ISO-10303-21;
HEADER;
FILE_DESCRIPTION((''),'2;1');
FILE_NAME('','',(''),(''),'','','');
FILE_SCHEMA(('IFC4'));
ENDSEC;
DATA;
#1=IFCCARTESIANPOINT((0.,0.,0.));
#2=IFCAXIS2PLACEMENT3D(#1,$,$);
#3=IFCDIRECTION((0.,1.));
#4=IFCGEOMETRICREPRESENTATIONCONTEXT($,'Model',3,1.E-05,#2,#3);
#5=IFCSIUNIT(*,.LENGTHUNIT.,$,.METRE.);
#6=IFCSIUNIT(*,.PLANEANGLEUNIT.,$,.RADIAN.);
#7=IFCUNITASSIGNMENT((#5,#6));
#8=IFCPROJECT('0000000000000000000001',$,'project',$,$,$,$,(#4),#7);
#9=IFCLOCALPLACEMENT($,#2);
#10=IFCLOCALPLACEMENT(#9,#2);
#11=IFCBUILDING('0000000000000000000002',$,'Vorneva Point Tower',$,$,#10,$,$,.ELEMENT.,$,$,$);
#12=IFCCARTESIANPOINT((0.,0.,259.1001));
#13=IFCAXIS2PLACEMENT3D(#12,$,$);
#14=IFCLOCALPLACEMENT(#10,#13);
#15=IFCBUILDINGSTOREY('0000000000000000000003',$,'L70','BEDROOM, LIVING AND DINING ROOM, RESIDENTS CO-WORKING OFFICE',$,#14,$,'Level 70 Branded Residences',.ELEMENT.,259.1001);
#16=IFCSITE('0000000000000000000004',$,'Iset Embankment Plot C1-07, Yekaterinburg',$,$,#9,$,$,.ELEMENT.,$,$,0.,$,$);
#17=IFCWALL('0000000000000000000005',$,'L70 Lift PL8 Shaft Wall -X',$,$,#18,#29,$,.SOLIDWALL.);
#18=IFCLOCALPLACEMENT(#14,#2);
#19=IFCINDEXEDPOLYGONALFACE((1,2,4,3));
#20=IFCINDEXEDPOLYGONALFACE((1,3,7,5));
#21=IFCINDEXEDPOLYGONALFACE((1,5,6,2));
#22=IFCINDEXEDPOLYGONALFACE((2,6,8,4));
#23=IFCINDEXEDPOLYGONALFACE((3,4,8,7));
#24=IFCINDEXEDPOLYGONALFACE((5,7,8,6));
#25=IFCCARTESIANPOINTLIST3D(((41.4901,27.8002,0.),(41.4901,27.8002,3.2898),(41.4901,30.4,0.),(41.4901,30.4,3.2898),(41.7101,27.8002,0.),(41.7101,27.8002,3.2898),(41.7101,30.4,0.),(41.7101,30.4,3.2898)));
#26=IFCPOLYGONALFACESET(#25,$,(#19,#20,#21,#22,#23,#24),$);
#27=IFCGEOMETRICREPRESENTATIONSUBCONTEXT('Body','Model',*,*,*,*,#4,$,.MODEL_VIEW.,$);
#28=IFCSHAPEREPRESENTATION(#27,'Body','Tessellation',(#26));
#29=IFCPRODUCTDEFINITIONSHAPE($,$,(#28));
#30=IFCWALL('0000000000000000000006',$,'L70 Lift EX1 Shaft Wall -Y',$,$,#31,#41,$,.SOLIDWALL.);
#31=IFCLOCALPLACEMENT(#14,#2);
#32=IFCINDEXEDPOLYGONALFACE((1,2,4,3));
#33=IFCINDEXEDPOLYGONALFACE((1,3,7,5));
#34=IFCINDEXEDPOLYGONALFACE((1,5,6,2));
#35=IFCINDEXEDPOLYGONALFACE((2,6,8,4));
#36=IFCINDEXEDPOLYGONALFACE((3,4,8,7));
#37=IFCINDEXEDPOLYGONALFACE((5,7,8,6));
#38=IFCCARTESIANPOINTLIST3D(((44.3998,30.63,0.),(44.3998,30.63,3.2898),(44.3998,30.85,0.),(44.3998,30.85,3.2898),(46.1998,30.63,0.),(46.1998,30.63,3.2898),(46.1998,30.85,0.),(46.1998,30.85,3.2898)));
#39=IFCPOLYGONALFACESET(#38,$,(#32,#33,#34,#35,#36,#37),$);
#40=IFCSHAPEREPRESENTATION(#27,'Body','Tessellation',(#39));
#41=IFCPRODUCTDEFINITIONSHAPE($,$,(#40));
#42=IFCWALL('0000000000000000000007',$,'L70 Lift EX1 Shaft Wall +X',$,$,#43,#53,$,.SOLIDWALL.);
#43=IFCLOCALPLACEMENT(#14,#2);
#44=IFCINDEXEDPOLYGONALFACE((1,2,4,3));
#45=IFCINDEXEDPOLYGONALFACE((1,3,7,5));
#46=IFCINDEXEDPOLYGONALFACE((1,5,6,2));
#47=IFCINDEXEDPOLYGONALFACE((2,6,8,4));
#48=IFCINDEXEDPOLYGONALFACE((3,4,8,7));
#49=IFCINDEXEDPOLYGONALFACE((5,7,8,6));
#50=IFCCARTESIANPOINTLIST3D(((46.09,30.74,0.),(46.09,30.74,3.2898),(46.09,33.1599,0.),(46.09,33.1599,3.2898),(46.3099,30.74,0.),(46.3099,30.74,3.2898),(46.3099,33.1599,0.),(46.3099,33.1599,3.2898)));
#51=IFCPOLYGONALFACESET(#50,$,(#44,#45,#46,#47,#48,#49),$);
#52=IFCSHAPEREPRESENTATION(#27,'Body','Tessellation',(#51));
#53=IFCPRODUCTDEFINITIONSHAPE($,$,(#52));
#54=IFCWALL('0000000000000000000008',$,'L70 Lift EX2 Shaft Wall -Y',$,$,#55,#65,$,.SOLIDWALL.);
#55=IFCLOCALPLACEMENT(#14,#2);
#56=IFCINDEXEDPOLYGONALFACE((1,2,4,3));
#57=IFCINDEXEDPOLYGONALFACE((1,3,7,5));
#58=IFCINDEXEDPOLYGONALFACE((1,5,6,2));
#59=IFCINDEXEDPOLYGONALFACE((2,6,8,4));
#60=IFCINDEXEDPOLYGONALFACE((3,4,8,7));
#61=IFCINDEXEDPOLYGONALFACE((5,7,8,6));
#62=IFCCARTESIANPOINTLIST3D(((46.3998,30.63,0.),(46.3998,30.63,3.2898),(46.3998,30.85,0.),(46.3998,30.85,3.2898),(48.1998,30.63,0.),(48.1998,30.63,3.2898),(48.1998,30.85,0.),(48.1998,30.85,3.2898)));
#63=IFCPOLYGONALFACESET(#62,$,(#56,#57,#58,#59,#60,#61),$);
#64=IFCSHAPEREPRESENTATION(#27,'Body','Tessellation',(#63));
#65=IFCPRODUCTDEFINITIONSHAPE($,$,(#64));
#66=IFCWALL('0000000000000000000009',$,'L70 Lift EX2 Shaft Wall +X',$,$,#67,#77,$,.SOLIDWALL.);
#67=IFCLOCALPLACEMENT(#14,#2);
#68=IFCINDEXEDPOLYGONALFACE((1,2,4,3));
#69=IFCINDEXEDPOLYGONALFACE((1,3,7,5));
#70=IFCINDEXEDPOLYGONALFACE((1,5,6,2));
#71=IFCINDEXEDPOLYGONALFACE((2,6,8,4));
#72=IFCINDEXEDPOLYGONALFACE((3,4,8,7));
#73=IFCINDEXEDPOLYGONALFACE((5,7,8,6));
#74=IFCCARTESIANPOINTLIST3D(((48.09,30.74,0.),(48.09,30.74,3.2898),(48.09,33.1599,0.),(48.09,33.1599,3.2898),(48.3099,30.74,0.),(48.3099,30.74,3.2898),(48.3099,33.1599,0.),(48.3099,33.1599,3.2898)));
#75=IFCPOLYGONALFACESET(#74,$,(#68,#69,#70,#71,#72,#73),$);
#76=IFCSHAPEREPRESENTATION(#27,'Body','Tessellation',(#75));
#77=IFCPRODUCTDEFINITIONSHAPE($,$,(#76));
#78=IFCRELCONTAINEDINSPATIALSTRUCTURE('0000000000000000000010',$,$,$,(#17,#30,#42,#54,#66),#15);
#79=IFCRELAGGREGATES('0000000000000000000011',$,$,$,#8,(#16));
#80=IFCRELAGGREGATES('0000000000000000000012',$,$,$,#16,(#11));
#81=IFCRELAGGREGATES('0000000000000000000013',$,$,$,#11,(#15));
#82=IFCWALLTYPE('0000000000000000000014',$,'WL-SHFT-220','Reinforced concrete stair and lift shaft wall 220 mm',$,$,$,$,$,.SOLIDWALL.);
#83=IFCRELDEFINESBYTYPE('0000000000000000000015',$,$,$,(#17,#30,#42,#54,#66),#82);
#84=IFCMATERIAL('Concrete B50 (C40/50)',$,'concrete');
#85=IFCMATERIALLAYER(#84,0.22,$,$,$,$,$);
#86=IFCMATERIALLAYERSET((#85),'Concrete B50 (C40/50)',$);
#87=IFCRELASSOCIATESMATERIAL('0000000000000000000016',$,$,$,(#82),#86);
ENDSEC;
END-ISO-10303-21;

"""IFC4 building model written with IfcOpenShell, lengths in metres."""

from ifc_helpers import new_model, si_unit, direction, frame, frame_2d, origin, place, context, subcontext, project, spatial, rectangle, extrude, material, layer, layer_set, type_object, element, save


model = new_model("IFC4")

# Units and contexts
model_context = context("Model", 3, precision=1e-05, world=origin(), true_north=direction((0.0, 1.0)))
body_context = subcontext(model_context, "Body", "Model", "MODEL_VIEW")
ifc_project = project(units=[si_unit("LENGTHUNIT", "METRE"), si_unit("PLANEANGLEUNIT", "RADIAN")], contexts=[model_context])

# Site, building, storey
site_placement = place(None, origin())
site = spatial("IfcSite", under=ifc_project, at=site_placement, Name="Iset Embankment Plot C1-07, Yekaterinburg", CompositionType="ELEMENT", RefElevation=0.0)
building_placement = place(site_placement, origin())
building = spatial("IfcBuilding", under=site, at=building_placement, Name="Vorneva Point Tower", CompositionType="ELEMENT")
storey_placement = place(building_placement, frame((0.0, 0.0, 259.1001)))
storey = spatial("IfcBuildingStorey", under=building, at=storey_placement, Name="L70", Description="BEDROOM, LIVING AND DINING ROOM, RESIDENTS CO-WORKING OFFICE", LongName="Level 70 Branded Residences", CompositionType="ELEMENT", Elevation=259.1001)

# Shared definitions
ifc_material_1 = material(Name="Concrete B50 (C40/50)", Category="concrete")

# Shared definitions
ifc_layer_1 = layer(ifc_material_1, 0.22)
ifc_layer_set_1 = layer_set([ifc_layer_1], Name="Concrete B50 (C40/50)")
wall_type_1 = type_object("IfcWallType", Name="WL-SHFT-220", Description="Reinforced concrete stair and lift shaft wall 220 mm", PredefinedType="SOLIDWALL", material=ifc_layer_set_1)

# Walls
wall_1_placement = place(storey_placement, frame((41.6001, 30.3999, 0.0), z_axis=(0.0, 0.0, 1.0), x_axis=(0.0, -1.0, 0.0)))
element("IfcWall", 1, at=wall_1_placement, inside=storey, type_object=wall_type_1, Name="L70 Lift PL8 Shaft Wall -X", PredefinedType="SOLIDWALL", context=body_context, shape_type="SweptSolid", body=[
    extrude(rectangle(XDim=2.5999, YDim=0.22, at=frame_2d((1.2998, 0.0))), origin(), (0.0, 0.0, 1.0), 3.2898),
])
wall_2_placement = place(storey_placement, frame((44.3999, 30.74, 0.0), z_axis=(0.0, 0.0, 1.0), x_axis=(1.0, 0.0, 0.0)))
element("IfcWall", 2, at=wall_2_placement, inside=storey, type_object=wall_type_1, Name="L70 Lift EX1 Shaft Wall -Y", PredefinedType="SOLIDWALL", context=body_context, shape_type="SweptSolid", body=[
    extrude(rectangle(XDim=1.8, YDim=0.22, at=frame_2d((0.8999, 0.0))), origin(), (0.0, 0.0, 1.0), 3.2898),
])
wall_3_placement = place(storey_placement, frame((46.2, 30.74, 0.0), z_axis=(0.0, 0.0, 1.0), x_axis=(0.0, 1.0, 0.0)))
element("IfcWall", 3, at=wall_3_placement, inside=storey, type_object=wall_type_1, Name="L70 Lift EX1 Shaft Wall +X", PredefinedType="SOLIDWALL", context=body_context, shape_type="SweptSolid", body=[
    extrude(rectangle(XDim=2.4199, YDim=0.22, at=frame_2d((1.21, 0.0))), origin(), (0.0, 0.0, 1.0), 3.2898),
])
wall_4_placement = place(storey_placement, frame((46.3999, 30.74, 0.0), z_axis=(0.0, 0.0, 1.0), x_axis=(1.0, 0.0, 0.0)))
element("IfcWall", 4, at=wall_4_placement, inside=storey, type_object=wall_type_1, Name="L70 Lift EX2 Shaft Wall -Y", PredefinedType="SOLIDWALL", context=body_context, shape_type="SweptSolid", body=[
    extrude(rectangle(XDim=1.8, YDim=0.22, at=frame_2d((0.8999, 0.0))), origin(), (0.0, 0.0, 1.0), 3.2898),
])
wall_5_placement = place(storey_placement, frame((48.2, 30.74, 0.0), z_axis=(0.0, 0.0, 1.0), x_axis=(0.0, 1.0, 0.0)))
element("IfcWall", 5, at=wall_5_placement, inside=storey, type_object=wall_type_1, Name="L70 Lift EX2 Shaft Wall +X", PredefinedType="SOLIDWALL", context=body_context, shape_type="SweptSolid", body=[
    extrude(rectangle(XDim=2.4199, YDim=0.22, at=frame_2d((1.21, 0.0))), origin(), (0.0, 0.0, 1.0), 3.2898),
])

save(model, "model.ifc")
